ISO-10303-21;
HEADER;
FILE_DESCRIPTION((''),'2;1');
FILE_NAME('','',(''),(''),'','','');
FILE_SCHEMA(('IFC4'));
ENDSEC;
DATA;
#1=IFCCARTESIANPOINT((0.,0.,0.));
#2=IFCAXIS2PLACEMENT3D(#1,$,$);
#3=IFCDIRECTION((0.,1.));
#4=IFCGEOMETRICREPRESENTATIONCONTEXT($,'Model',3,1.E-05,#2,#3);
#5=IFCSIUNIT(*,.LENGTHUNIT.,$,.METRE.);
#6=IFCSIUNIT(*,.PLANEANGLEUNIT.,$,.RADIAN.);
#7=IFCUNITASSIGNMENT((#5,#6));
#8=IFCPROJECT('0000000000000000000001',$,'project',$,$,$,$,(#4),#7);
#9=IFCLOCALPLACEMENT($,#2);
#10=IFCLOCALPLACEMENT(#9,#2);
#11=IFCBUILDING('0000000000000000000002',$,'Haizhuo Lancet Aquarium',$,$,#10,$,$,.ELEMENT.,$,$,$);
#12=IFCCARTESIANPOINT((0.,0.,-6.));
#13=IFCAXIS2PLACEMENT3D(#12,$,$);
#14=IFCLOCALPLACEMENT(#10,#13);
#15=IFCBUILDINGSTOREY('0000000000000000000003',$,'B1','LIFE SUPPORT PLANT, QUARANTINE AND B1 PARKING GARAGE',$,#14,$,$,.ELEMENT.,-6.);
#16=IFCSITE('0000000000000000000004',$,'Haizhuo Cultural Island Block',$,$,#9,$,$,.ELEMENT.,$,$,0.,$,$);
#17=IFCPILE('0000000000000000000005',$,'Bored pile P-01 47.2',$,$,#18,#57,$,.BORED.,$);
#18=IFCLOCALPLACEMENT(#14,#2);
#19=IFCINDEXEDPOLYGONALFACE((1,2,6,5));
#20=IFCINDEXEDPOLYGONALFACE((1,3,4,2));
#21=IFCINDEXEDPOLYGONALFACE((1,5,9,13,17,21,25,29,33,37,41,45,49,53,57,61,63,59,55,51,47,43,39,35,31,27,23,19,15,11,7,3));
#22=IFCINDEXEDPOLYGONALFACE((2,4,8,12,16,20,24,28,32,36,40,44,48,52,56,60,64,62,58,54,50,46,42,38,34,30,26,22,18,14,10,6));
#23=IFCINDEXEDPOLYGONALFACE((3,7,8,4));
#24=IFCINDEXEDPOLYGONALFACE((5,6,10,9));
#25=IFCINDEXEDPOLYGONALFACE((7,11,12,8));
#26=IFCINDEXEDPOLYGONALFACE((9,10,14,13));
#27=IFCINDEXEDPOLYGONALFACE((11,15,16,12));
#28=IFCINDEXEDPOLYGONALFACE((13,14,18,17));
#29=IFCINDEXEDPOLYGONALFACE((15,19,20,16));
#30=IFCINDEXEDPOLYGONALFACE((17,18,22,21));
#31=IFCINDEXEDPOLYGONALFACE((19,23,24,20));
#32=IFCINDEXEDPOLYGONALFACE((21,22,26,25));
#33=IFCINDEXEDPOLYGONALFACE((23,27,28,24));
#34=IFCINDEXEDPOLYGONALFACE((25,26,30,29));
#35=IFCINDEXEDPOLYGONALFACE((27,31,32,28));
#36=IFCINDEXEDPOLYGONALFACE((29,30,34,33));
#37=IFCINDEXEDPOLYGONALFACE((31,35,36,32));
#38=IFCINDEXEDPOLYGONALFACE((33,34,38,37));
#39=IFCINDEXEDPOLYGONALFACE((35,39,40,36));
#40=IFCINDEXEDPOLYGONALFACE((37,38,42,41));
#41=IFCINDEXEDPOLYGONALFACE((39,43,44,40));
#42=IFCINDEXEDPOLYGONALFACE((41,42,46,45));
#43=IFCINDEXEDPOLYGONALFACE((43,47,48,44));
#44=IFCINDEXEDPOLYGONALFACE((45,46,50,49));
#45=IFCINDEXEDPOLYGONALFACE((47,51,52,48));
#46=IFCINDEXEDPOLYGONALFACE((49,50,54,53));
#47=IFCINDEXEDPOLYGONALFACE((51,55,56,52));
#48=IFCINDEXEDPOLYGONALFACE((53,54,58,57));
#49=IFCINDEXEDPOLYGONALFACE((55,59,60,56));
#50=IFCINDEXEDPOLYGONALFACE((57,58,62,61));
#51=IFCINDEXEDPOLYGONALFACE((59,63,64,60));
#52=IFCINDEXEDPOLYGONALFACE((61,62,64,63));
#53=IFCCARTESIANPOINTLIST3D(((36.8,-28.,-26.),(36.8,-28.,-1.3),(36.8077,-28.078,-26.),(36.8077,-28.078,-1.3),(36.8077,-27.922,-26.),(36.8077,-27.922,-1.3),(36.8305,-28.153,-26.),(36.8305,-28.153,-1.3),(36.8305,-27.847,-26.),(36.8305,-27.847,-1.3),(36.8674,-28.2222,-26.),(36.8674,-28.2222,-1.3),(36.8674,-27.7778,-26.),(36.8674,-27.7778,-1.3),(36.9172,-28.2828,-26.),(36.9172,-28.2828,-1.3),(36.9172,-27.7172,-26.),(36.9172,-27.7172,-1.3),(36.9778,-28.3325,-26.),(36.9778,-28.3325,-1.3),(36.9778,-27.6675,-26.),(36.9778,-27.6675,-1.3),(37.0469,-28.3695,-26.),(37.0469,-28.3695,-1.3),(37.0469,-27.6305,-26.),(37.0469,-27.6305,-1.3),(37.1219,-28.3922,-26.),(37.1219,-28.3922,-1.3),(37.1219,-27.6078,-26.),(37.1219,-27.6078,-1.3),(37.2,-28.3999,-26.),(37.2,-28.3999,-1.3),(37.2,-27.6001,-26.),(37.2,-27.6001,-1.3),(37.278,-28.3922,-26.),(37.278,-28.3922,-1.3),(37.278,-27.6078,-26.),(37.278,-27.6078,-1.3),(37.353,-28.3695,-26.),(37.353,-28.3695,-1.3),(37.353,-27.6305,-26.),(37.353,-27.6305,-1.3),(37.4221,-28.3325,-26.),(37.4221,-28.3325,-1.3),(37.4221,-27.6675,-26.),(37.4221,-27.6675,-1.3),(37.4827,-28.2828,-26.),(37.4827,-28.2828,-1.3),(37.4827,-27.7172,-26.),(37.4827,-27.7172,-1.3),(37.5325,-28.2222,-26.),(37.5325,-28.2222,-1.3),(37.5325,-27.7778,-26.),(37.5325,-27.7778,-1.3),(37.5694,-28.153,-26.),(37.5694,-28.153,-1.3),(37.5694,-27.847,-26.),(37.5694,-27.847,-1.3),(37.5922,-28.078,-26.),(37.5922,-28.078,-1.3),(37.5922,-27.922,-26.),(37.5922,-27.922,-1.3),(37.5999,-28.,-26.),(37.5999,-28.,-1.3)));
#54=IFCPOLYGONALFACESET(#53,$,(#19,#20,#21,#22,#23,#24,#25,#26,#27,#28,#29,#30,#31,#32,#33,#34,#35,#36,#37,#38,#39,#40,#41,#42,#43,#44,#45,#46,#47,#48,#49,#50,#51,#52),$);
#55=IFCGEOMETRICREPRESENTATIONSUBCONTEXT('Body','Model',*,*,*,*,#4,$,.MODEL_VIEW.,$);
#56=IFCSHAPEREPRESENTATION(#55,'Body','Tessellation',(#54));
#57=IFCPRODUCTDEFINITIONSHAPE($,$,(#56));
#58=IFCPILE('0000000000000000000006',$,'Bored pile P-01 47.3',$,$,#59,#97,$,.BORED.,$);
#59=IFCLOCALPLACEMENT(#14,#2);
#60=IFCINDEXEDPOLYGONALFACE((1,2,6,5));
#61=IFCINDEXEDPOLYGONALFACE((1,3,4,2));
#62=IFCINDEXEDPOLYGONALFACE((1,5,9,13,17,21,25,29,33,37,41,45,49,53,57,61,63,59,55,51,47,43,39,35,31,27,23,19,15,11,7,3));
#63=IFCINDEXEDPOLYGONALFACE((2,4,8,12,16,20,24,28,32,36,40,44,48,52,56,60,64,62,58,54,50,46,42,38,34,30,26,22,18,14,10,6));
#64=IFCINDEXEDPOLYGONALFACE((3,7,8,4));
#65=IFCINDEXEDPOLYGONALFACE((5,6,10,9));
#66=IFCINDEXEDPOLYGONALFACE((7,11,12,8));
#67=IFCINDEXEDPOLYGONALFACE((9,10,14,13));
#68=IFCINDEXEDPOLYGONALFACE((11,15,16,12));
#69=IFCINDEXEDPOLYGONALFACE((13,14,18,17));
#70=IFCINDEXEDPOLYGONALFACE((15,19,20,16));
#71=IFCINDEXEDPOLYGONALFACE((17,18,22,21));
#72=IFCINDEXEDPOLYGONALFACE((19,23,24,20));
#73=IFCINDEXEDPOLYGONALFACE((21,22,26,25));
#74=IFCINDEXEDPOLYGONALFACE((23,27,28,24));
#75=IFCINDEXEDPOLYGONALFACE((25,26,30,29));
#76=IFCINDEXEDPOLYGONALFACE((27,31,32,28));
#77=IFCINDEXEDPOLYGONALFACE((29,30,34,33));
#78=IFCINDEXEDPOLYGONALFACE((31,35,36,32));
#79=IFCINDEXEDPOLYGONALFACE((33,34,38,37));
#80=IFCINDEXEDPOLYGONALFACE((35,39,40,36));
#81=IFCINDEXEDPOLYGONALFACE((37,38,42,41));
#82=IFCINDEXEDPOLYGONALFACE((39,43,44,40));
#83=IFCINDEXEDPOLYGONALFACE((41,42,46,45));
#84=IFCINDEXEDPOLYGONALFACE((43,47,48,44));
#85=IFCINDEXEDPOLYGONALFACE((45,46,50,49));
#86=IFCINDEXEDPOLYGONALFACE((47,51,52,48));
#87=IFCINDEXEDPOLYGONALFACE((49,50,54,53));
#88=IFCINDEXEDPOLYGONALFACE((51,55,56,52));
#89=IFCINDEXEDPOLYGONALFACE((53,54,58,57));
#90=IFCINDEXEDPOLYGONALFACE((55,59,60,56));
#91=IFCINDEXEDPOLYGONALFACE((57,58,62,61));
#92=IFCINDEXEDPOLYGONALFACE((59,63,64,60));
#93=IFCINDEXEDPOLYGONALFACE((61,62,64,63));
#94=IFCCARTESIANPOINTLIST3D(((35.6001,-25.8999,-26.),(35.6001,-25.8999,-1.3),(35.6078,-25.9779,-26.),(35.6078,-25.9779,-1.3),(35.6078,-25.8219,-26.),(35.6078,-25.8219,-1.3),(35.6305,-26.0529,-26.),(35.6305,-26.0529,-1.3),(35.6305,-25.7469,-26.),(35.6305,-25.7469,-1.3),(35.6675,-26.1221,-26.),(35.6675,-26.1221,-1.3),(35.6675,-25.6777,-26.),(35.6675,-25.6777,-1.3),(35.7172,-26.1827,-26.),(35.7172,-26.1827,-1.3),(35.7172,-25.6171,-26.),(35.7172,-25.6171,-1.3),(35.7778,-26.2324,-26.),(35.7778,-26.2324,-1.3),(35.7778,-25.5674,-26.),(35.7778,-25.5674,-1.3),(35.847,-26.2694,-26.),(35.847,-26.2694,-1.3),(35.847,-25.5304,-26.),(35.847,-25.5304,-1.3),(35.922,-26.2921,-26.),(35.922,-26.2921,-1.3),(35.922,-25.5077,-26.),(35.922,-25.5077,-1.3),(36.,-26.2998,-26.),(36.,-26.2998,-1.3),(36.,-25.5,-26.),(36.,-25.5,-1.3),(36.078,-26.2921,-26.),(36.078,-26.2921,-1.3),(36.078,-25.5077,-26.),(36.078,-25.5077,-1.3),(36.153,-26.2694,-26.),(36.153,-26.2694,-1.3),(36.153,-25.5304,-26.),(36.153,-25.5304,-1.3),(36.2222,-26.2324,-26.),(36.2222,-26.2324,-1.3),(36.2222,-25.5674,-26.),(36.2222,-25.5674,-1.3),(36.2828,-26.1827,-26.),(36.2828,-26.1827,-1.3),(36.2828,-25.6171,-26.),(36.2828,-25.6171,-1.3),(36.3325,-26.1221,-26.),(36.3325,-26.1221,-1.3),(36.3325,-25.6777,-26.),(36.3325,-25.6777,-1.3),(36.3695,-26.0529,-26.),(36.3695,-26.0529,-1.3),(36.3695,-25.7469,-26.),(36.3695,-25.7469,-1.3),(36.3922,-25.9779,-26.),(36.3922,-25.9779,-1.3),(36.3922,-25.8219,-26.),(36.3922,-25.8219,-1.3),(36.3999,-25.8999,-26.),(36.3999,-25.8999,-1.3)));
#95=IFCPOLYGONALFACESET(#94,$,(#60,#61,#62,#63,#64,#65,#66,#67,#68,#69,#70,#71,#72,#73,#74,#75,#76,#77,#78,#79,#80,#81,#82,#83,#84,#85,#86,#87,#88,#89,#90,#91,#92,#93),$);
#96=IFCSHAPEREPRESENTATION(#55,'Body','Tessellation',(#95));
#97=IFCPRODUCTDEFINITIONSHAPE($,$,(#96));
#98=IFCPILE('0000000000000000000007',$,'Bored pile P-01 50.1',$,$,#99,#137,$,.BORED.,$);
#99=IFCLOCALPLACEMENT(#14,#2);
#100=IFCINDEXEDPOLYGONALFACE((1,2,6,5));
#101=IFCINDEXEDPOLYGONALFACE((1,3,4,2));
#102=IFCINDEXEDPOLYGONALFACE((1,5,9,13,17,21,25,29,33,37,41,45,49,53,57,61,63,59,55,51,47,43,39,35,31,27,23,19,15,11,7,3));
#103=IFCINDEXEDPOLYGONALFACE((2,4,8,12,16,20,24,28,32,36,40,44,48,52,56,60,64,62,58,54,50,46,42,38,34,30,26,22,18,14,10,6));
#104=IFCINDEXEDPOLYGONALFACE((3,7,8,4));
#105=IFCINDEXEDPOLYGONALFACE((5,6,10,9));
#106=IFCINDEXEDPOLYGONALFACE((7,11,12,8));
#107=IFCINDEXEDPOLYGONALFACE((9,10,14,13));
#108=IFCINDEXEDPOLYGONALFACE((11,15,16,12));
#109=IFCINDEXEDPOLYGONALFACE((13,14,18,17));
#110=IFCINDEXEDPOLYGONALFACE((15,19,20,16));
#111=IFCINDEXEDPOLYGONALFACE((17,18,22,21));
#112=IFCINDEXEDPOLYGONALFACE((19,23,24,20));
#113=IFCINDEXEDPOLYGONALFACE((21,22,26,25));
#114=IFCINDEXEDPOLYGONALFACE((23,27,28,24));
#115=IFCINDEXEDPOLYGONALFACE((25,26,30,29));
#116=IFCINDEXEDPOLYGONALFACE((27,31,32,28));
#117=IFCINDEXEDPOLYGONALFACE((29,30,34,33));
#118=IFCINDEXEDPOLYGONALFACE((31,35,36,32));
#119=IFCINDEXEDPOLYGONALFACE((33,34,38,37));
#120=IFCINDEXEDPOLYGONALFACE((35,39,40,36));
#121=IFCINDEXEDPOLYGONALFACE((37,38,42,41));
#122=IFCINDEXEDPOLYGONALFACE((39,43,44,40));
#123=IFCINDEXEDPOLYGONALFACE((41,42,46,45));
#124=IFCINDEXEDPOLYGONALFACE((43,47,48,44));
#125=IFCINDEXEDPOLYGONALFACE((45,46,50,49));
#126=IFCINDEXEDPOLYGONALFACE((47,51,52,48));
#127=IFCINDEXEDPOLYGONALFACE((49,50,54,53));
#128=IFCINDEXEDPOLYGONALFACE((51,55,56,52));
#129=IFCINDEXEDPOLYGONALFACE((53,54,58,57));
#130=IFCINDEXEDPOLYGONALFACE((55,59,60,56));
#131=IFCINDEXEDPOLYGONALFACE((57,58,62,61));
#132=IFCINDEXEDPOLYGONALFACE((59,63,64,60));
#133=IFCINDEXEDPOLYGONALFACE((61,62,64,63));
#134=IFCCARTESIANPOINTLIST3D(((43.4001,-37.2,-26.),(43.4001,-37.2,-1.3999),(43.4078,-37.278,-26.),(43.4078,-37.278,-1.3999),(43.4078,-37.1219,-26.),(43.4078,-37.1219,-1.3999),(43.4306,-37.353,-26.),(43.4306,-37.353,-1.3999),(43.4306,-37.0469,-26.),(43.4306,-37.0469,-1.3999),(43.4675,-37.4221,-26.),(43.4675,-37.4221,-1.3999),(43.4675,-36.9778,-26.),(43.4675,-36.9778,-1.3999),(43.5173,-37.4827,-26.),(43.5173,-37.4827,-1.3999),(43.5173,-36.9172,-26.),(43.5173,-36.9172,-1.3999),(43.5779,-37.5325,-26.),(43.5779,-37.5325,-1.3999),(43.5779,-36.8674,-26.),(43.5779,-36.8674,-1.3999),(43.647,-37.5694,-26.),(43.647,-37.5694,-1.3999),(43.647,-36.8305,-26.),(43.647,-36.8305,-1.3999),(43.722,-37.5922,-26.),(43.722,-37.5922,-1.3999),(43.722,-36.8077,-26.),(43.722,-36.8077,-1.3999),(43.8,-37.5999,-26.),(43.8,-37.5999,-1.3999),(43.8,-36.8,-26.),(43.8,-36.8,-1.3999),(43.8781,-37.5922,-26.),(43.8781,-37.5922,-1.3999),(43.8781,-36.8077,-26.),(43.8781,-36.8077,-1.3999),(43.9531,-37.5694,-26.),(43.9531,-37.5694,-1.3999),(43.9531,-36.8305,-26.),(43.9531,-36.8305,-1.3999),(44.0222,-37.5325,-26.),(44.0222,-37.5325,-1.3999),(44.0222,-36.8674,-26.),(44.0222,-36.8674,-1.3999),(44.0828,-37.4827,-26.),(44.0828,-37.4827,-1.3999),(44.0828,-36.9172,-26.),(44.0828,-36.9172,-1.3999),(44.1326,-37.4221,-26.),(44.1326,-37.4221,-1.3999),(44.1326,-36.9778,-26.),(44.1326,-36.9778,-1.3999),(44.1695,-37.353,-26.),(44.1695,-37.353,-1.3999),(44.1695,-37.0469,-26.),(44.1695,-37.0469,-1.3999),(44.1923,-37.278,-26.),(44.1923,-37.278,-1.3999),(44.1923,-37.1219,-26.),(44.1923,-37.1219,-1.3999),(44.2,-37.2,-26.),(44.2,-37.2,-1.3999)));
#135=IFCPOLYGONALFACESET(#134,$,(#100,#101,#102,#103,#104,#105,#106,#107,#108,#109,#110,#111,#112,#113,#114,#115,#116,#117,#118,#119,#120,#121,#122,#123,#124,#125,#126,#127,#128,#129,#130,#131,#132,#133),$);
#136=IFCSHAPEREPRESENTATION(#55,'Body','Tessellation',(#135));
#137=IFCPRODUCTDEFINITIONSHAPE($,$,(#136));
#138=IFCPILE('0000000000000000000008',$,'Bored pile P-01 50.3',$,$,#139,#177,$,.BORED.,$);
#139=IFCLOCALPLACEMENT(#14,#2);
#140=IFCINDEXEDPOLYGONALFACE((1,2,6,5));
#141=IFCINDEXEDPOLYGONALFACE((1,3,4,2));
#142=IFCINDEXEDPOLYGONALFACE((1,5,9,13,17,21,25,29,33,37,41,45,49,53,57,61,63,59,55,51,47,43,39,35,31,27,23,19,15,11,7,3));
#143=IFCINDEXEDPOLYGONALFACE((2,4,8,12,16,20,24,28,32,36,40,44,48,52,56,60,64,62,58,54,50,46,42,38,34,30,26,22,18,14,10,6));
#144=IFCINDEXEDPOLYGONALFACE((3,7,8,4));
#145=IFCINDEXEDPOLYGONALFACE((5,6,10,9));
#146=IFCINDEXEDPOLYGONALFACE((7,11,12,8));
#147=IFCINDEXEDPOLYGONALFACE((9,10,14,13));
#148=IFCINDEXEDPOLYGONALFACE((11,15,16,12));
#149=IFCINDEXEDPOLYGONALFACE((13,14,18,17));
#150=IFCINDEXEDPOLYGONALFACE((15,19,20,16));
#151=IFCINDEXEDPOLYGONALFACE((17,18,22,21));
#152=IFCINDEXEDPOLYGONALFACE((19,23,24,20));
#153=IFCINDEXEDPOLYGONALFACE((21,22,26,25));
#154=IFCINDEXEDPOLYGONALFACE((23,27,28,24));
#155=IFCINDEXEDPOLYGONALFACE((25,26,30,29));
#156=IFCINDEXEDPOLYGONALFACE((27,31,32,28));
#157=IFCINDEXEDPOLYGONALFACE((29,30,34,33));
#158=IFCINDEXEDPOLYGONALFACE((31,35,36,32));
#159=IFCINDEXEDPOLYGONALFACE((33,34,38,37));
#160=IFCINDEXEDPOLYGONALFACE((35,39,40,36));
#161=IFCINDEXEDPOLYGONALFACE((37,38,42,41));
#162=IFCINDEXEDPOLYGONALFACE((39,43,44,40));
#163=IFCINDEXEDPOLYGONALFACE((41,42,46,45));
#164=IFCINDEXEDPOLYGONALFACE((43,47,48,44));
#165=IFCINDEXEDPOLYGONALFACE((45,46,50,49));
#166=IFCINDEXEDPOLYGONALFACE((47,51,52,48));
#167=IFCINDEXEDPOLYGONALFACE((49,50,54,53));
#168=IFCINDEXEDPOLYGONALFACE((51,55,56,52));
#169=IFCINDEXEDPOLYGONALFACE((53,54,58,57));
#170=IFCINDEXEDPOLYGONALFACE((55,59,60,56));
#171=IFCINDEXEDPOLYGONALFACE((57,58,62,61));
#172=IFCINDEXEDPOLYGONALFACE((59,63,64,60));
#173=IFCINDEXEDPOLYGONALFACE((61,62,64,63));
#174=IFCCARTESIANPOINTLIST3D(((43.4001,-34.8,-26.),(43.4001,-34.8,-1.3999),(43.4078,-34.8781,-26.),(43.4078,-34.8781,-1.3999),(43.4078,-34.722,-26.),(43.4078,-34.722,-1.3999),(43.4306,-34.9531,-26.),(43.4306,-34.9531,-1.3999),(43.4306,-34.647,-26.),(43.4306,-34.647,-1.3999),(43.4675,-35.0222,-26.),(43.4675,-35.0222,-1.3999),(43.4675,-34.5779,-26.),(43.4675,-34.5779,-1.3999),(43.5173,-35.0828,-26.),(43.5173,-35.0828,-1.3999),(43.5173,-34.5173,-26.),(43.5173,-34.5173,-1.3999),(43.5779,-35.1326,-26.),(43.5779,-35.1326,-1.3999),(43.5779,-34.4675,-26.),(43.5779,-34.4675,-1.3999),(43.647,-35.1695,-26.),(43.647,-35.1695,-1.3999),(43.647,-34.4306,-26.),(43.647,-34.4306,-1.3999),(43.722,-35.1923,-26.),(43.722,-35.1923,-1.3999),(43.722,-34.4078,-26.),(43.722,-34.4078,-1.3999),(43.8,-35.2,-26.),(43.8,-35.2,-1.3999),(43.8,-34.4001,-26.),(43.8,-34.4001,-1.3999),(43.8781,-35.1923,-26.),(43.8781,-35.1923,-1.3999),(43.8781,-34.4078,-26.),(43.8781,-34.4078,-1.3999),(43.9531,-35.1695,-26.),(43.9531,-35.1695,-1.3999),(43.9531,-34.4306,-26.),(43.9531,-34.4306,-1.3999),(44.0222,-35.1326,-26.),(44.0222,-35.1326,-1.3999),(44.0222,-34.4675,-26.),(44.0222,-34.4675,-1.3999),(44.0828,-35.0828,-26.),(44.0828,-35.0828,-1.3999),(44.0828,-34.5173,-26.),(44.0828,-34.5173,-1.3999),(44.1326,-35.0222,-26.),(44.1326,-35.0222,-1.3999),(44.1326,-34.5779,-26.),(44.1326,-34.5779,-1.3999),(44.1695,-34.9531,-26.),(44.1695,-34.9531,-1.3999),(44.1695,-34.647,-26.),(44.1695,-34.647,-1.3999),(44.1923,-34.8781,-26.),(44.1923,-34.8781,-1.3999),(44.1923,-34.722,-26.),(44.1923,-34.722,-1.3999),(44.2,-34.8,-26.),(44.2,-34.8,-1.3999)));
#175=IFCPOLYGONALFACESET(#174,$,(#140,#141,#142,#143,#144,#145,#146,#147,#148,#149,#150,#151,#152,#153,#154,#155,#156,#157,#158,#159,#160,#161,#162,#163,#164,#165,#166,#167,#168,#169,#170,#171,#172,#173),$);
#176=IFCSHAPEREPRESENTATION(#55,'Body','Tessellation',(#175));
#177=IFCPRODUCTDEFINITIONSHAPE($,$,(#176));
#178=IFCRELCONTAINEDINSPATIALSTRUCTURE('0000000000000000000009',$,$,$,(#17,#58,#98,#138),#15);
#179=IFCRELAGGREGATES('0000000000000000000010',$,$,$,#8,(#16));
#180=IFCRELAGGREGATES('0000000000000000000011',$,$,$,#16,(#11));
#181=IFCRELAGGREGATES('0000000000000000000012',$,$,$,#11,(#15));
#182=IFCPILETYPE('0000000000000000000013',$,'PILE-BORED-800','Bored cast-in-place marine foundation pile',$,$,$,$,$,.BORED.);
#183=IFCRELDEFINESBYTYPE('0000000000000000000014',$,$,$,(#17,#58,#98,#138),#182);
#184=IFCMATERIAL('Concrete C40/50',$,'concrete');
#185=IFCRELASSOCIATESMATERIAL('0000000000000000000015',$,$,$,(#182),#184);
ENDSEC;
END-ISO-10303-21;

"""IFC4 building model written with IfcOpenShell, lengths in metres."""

from ifc_helpers import new_model, si_unit, direction, frame, origin, origin_2d, place, context, subcontext, project, spatial, circle, extrude, material, material_profile, profile_set, type_object, element, save


model = new_model("IFC4")

# Units and contexts
model_context = context("Model", 3, precision=1e-05, world=origin(), true_north=direction((0.0, 1.0)))
body_context = subcontext(model_context, "Body", "Model", "MODEL_VIEW")
ifc_project = project(units=[si_unit("LENGTHUNIT", "METRE"), si_unit("PLANEANGLEUNIT", "RADIAN")], contexts=[model_context])

# Site, building, storey
site_placement = place(None, origin())
site = spatial("IfcSite", under=ifc_project, at=site_placement, Name="Haizhuo Cultural Island Block", CompositionType="ELEMENT", RefElevation=0.0)
building_placement = place(site_placement, origin())
building = spatial("IfcBuilding", under=site, at=building_placement, Name="Haizhuo Lancet Aquarium", CompositionType="ELEMENT")
storey_placement = place(building_placement, frame((0.0, 0.0, -6.0)))
storey = spatial("IfcBuildingStorey", under=building, at=storey_placement, Name="B1", Description="LIFE SUPPORT PLANT, QUARANTINE AND B1 PARKING GARAGE", CompositionType="ELEMENT", Elevation=-6.0)

# Shared definitions
ifc_material_1 = material(Name="Concrete C40/50", Category="concrete")

# Piles
ifc_material_profile_1 = material_profile(ifc_material_1, circle(Radius=0.3999, at=origin_2d()), Name="PILE-800")
ifc_profile_set_1 = profile_set([ifc_material_profile_1], Name="Concrete C40/50")
pile_type = type_object("IfcPileType", Name="PILE-BORED-800", Description="Bored cast-in-place marine foundation pile", PredefinedType="BORED", material=ifc_profile_set_1)
for number, where, z_axis, x_axis, name in (
    (1, (37.2, -28.0, -1.3), (0.0, 0.0, -1.0), (1.0, 0.0, 0.0), "Bored pile P-01 47.2"),
    (2, (36.0, -25.8999, -1.3), (0.0, 0.0, -1.0), (1.0, 0.0, 0.0), "Bored pile P-01 47.3"),
):
    element("IfcPile", number, at=place(storey_placement, frame(where, z_axis=z_axis, x_axis=x_axis)), inside=storey, type_object=pile_type, Name=name, PredefinedType="BORED", context=body_context, shape_type="SweptSolid", body=[
        extrude(circle(Radius=0.3999, at=origin_2d()), origin(), (0.0, 0.0, 1.0), 24.7),
    ])
for number, where, z_axis, x_axis, name in (
    (3, (43.8, -37.2, -1.3999), (0.0, 0.0, -1.0), (1.0, 0.0, 0.0), "Bored pile P-01 50.1"),
    (4, (43.8, -34.8, -1.3999), (0.0, 0.0, -1.0), (1.0, 0.0, 0.0), "Bored pile P-01 50.3"),
):
    element("IfcPile", number, at=place(storey_placement, frame(where, z_axis=z_axis, x_axis=x_axis)), inside=storey, type_object=pile_type, Name=name, PredefinedType="BORED", context=body_context, shape_type="SweptSolid", body=[
        extrude(circle(Radius=0.3999, at=origin_2d()), origin(), (0.0, 0.0, 1.0), 24.6001),
    ])

save(model, "model.ifc")
